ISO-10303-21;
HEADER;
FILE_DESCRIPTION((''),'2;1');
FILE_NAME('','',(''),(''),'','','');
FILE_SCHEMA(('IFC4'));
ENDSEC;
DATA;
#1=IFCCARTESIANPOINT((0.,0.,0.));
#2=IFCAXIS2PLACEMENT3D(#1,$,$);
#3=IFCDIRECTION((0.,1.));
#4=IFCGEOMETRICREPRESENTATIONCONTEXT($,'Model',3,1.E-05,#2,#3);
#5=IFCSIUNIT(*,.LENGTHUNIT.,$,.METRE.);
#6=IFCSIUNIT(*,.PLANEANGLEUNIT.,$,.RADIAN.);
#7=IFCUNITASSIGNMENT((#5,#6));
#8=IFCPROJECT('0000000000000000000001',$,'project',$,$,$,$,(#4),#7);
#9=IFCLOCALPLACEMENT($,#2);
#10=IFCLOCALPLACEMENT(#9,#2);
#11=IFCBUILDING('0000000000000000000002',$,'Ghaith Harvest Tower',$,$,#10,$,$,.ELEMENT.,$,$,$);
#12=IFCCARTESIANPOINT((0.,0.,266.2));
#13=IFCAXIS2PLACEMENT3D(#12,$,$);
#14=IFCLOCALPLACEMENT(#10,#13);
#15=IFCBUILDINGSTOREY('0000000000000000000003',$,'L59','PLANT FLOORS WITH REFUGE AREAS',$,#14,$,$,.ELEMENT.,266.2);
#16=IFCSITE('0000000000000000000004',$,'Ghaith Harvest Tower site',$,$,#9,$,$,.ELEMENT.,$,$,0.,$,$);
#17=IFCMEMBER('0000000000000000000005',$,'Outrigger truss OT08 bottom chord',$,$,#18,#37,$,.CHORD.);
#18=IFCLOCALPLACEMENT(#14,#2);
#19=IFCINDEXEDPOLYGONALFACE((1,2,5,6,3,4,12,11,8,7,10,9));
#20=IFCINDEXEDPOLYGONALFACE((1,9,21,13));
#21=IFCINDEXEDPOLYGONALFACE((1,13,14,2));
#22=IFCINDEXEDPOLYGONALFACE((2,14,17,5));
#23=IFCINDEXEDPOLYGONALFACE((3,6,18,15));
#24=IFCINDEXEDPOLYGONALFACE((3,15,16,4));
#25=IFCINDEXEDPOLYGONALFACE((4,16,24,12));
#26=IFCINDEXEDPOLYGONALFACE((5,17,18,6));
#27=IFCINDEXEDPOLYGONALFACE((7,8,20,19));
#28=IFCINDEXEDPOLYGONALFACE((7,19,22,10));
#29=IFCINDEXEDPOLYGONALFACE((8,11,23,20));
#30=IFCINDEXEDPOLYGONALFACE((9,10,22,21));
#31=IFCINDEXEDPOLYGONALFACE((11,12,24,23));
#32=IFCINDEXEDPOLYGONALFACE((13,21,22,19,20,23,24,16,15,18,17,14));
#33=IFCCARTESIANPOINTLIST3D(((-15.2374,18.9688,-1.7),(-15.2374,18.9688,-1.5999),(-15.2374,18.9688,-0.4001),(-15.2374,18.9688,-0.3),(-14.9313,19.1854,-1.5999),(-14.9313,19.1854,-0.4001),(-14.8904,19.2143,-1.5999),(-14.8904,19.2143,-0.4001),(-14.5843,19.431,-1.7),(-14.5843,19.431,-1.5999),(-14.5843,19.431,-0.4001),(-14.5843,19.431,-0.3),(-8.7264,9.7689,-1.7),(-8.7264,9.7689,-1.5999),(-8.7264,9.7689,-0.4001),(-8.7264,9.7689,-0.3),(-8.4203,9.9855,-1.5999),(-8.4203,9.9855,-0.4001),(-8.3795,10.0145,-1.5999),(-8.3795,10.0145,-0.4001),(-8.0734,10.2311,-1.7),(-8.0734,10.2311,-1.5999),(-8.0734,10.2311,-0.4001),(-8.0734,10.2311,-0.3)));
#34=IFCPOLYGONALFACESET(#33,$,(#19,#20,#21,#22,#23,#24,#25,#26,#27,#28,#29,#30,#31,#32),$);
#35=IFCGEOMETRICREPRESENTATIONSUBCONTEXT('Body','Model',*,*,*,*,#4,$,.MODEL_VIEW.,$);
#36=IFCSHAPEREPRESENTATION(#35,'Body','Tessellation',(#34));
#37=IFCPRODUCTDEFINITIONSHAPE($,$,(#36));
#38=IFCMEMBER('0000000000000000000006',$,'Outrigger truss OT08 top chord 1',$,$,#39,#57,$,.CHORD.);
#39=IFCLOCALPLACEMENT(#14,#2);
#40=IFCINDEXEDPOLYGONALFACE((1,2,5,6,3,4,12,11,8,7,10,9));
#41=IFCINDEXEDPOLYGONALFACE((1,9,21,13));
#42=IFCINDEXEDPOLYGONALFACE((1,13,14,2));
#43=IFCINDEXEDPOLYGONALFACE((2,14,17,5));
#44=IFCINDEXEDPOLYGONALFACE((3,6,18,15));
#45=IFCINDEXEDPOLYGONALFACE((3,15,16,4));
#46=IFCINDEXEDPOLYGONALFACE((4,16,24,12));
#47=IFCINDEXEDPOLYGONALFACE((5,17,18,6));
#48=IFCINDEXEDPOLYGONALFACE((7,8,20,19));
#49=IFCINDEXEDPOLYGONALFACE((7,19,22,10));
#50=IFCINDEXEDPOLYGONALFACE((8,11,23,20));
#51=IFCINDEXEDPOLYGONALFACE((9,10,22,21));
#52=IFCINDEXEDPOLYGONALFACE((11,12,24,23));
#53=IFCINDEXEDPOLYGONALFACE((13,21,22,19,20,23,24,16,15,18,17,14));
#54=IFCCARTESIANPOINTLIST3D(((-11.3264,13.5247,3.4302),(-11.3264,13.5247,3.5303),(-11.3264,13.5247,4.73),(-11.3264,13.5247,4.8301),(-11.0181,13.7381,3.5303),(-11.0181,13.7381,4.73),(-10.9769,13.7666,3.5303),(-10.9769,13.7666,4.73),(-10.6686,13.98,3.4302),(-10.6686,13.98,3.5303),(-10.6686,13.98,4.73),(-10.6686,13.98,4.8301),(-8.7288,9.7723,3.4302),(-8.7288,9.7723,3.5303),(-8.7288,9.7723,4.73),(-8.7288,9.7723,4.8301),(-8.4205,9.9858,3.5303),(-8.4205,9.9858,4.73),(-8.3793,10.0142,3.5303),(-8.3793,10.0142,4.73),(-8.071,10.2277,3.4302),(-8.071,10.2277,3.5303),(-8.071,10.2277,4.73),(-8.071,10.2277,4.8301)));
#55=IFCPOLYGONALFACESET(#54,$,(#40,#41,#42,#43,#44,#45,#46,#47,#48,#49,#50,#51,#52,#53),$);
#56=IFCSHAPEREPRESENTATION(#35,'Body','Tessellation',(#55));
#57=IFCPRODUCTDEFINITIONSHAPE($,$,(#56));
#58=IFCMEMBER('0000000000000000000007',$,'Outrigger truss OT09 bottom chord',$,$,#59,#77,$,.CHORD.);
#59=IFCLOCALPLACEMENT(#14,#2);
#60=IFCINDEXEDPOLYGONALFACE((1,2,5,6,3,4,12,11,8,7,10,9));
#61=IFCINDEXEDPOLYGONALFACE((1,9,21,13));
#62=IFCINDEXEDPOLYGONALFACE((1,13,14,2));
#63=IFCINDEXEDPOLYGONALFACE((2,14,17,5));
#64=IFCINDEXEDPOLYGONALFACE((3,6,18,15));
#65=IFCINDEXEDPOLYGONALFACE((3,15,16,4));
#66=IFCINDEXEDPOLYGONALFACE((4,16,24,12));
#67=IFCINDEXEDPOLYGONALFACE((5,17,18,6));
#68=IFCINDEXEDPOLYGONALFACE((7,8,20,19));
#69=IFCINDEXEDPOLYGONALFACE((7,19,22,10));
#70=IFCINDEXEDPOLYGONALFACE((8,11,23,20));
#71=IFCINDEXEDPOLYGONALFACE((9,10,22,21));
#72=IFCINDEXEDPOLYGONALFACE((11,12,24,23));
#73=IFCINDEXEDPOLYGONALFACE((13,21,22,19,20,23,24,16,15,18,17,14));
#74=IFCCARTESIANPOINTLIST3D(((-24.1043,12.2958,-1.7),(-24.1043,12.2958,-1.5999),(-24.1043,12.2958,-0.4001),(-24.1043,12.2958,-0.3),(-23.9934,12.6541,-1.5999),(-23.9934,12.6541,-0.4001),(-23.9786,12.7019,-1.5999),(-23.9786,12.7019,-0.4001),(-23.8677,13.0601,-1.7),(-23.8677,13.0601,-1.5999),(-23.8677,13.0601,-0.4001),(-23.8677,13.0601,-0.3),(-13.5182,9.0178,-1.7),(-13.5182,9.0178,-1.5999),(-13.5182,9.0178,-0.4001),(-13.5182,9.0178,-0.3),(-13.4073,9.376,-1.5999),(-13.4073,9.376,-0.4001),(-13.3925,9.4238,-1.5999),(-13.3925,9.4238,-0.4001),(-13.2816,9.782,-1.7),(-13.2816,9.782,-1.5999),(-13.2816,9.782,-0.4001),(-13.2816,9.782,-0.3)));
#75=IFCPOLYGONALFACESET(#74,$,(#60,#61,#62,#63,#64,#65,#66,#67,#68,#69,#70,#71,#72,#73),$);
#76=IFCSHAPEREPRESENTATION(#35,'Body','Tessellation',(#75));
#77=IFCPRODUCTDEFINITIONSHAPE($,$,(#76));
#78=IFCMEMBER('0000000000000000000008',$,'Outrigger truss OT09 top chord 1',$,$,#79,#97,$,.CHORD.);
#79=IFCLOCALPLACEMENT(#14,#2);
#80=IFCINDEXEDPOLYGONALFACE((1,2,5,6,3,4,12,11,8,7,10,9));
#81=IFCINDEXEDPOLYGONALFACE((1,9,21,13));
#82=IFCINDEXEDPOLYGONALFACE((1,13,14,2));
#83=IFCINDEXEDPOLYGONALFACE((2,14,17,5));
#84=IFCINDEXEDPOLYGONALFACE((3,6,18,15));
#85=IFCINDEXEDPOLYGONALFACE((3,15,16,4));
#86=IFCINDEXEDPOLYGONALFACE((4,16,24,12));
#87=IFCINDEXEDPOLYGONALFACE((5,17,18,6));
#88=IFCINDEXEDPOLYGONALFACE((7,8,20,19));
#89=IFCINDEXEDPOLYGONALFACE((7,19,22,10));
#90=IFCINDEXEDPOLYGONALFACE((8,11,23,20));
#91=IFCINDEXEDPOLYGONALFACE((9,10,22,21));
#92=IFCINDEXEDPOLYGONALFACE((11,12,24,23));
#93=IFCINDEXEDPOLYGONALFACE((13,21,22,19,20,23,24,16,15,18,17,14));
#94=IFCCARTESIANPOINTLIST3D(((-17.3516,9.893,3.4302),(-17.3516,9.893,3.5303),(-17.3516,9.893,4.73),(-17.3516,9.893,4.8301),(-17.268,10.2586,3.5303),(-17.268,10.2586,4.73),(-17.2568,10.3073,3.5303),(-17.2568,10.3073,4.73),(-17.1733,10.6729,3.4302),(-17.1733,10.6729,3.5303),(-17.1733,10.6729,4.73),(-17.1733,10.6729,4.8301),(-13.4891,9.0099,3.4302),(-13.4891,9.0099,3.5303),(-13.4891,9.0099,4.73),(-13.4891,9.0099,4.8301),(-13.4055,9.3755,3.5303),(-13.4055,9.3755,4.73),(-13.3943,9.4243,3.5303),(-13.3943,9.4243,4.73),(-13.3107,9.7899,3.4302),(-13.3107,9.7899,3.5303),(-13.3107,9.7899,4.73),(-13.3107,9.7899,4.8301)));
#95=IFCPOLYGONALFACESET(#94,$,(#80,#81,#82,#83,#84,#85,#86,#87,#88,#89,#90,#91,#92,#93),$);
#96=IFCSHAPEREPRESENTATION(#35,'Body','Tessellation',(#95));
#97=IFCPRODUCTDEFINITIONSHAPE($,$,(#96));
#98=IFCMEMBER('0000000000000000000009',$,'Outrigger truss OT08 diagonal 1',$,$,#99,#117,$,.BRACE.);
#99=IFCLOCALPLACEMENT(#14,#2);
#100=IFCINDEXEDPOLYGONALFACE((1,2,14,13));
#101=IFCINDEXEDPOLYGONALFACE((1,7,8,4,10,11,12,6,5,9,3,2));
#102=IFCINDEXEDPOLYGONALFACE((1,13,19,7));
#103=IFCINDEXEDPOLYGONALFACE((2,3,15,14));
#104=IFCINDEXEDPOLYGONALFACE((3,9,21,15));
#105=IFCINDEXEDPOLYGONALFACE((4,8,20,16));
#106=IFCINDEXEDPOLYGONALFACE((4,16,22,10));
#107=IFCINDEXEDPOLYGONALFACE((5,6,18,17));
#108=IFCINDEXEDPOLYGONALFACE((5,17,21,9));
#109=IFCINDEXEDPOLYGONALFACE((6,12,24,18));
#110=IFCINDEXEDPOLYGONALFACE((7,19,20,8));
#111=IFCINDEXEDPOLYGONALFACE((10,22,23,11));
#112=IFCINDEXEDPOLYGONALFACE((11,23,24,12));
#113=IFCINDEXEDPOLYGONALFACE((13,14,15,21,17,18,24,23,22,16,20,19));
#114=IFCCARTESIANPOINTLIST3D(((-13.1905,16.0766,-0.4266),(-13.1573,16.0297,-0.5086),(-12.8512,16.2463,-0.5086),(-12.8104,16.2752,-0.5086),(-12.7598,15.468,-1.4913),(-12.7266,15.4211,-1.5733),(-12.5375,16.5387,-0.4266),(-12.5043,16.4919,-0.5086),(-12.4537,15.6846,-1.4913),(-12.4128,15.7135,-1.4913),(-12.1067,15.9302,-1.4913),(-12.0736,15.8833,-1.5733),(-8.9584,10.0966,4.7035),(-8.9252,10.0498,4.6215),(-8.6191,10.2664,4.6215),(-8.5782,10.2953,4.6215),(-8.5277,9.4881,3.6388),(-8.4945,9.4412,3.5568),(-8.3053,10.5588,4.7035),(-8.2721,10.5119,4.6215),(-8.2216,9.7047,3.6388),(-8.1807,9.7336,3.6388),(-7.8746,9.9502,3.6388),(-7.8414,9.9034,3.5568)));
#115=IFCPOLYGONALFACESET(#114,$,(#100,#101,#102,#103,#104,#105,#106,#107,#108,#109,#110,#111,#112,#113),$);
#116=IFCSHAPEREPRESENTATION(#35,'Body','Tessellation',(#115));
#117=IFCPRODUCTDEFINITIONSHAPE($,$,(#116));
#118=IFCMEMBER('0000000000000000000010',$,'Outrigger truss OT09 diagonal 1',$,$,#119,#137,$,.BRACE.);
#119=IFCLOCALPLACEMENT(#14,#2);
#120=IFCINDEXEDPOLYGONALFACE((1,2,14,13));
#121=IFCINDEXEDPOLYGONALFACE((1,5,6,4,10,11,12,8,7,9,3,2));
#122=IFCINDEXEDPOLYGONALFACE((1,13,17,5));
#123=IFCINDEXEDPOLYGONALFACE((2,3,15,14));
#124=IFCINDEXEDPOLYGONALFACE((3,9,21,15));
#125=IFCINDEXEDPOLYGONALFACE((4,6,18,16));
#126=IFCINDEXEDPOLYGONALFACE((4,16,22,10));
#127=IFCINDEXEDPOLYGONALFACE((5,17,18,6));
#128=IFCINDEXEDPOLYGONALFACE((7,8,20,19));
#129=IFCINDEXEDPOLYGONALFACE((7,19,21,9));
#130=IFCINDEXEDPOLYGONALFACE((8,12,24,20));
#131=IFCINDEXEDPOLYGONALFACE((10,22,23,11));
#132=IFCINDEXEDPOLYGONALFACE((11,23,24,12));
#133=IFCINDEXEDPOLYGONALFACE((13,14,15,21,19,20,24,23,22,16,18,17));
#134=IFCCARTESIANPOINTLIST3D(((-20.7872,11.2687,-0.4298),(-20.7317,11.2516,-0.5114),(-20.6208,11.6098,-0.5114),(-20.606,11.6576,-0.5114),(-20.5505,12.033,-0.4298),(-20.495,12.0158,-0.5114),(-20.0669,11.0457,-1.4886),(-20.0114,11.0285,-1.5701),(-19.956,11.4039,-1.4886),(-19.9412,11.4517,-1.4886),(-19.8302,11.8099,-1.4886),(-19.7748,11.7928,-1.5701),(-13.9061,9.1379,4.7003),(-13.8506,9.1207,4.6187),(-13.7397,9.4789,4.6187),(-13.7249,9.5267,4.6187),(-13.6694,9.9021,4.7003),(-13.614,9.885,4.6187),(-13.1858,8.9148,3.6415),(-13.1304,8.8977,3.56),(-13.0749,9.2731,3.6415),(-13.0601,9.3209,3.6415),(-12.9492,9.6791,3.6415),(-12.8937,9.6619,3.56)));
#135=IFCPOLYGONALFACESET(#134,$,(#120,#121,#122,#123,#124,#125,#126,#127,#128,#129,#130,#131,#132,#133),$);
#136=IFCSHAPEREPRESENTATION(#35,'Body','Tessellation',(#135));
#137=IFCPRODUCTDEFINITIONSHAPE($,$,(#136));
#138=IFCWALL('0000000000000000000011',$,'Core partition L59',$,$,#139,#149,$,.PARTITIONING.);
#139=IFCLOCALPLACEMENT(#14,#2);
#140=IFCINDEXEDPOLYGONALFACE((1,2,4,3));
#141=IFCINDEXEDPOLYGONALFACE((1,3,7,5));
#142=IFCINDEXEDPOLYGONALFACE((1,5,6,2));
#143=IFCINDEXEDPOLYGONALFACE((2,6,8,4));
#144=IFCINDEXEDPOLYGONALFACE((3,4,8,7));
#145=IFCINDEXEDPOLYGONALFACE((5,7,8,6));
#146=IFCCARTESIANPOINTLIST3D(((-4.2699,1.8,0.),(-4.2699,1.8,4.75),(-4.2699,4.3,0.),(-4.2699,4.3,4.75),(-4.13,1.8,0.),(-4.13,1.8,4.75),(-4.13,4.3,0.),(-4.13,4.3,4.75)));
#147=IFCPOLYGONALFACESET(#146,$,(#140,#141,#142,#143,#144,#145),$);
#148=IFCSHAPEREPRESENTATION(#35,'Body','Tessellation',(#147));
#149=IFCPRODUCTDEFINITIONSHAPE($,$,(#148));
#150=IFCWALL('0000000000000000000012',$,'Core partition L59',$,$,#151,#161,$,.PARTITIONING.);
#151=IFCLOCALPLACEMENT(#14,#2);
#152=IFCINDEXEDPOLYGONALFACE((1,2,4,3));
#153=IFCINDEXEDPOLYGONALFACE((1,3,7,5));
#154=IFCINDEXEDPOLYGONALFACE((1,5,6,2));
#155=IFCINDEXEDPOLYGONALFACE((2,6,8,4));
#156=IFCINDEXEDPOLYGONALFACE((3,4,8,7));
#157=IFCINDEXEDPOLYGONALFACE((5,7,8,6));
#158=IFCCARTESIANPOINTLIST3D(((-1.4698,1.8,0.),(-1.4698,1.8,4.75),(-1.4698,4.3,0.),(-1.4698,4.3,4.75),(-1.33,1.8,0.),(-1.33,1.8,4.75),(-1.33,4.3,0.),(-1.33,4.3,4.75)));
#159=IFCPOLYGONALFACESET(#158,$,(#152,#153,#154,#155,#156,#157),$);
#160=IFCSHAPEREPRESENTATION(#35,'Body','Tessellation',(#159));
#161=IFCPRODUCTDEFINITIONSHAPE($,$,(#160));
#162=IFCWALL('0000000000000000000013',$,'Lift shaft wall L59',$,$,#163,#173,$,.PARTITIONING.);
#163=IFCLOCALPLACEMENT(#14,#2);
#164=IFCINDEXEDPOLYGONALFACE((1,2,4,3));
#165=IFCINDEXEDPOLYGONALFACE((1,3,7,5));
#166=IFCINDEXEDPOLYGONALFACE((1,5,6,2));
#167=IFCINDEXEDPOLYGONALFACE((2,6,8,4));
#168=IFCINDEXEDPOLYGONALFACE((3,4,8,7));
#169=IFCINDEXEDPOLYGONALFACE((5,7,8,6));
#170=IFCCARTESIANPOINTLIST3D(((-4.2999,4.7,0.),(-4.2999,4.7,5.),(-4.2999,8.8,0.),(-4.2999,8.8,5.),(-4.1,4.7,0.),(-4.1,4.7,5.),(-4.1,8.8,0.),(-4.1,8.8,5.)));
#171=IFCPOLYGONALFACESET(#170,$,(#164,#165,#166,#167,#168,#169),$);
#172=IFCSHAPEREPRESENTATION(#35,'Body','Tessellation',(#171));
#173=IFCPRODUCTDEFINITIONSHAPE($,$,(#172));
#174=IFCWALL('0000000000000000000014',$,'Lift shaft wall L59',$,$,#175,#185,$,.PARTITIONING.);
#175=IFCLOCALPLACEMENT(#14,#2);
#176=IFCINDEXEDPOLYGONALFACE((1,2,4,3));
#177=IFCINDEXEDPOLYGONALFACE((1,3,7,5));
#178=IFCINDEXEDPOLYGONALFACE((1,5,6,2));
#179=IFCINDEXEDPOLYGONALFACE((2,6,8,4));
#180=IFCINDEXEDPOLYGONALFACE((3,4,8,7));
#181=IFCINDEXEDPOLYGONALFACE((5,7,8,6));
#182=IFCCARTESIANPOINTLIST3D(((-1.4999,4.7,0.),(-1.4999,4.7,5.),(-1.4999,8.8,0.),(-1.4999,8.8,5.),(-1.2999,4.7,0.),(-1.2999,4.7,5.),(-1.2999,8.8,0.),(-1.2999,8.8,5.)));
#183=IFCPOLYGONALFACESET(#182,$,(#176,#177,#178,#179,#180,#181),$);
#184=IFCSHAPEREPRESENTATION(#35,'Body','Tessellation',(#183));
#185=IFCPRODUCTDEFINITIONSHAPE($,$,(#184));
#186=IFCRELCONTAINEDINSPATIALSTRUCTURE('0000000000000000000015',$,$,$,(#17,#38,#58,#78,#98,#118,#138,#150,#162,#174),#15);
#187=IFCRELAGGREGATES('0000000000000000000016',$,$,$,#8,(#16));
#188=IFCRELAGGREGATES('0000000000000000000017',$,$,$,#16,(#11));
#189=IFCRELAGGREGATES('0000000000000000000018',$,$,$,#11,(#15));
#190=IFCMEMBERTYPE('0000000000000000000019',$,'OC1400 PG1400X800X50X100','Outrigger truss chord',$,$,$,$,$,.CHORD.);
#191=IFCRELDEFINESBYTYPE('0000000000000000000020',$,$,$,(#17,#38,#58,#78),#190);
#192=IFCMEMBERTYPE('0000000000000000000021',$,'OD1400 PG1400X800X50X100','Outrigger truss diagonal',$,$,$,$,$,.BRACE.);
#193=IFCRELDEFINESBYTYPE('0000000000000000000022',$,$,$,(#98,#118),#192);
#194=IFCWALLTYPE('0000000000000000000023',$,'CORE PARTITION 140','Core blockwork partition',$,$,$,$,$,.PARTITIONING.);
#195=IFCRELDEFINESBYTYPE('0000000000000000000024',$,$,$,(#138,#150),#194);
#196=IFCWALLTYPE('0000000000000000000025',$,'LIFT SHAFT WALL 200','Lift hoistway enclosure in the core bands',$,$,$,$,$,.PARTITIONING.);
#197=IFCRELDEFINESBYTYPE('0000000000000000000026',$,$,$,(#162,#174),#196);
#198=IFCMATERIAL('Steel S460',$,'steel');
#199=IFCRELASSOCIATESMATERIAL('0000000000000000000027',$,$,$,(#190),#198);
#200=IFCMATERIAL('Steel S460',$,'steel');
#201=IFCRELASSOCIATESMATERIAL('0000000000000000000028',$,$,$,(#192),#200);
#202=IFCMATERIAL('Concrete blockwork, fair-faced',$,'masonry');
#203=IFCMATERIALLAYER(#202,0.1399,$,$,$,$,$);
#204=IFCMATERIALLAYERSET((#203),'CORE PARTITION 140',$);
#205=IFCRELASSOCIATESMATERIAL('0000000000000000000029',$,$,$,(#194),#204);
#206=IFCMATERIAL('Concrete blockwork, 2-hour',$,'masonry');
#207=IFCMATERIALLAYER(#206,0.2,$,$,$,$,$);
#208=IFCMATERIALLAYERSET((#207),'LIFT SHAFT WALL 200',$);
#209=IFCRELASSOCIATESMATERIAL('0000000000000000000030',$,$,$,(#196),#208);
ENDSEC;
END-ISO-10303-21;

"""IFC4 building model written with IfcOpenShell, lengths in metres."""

from ifc_helpers import new_model, si_unit, direction, frame, frame_2d, origin, origin_2d, place, context, subcontext, project, spatial, rectangle, i_section, extrude, material, layer, layer_set, material_profile, profile_set, type_object, element, save


model = new_model("IFC4")

# Units and contexts
model_context = context("Model", 3, precision=1e-05, world=origin(), true_north=direction((0.0, 1.0)))
body_context = subcontext(model_context, "Body", "Model", "MODEL_VIEW")
ifc_project = project(units=[si_unit("LENGTHUNIT", "METRE"), si_unit("PLANEANGLEUNIT", "RADIAN")], contexts=[model_context])

# Site, building, storey
site_placement = place(None, origin())
site = spatial("IfcSite", under=ifc_project, at=site_placement, Name="Ghaith Harvest Tower site", CompositionType="ELEMENT", RefElevation=0.0)
building_placement = place(site_placement, origin())
building = spatial("IfcBuilding", under=site, at=building_placement, Name="Ghaith Harvest Tower", CompositionType="ELEMENT")
storey_placement = place(building_placement, frame((0.0, 0.0, 266.2)))
storey = spatial("IfcBuildingStorey", under=building, at=storey_placement, Name="L59", Description="PLANT FLOORS WITH REFUGE AREAS", CompositionType="ELEMENT", Elevation=266.2)

# Members
ifc_material_1 = material(Name="Steel S460", Category="steel")
ifc_material_profile_1 = material_profile(ifc_material_1, i_section(OverallWidth=0.8, OverallDepth=1.3999, WebThickness=0.05, FlangeThickness=0.1001, at=origin_2d()), Name="PG1400X800X50X100")
ifc_profile_set_1 = profile_set([ifc_material_profile_1], Name="Steel S460")
member_type_1 = type_object("IfcMemberType", Name="OC1400 PG1400X800X50X100", Description="Outrigger truss chord", PredefinedType="CHORD", material=ifc_profile_set_1)
member_1_placement = place(storey_placement, frame((-8.3999, 10.0, -1.0), z_axis=(-0.577684, 0.816261, 0.0), x_axis=(-0.816261, -0.577684, 0.0)))
element("IfcMember", 1, at=member_1_placement, inside=storey, type_object=member_type_1, Name="Outrigger truss OT08 bottom chord", PredefinedType="CHORD", context=body_context, shape_type="SweptSolid", body=[
    extrude(i_section(OverallWidth=0.8, OverallDepth=1.3999, WebThickness=0.05, FlangeThickness=0.1001, at=origin_2d()), origin(), (0.0, 0.0, 1.0), 11.2708),
])
member_2_placement = place(storey_placement, frame((-8.3999, 10.0, 4.1301), z_axis=(-0.569182, 0.822211, 0.0), x_axis=(-0.822211, -0.569182, 0.0)))
element("IfcMember", 2, at=member_2_placement, inside=storey, type_object=member_type_1, Name="Outrigger truss OT08 top chord 1", PredefinedType="CHORD", context=body_context, shape_type="SweptSolid", body=[
    extrude(i_section(OverallWidth=0.8, OverallDepth=1.3999, WebThickness=0.05, FlangeThickness=0.1001, at=origin_2d()), origin(), (0.0, 0.0, 1.0), 4.5637),
])
member_3_placement = place(storey_placement, frame((-13.3999, 9.3999, -1.0), z_axis=(-0.95525, 0.295799, 0.0), x_axis=(-0.295799, -0.95525, 0.0)))
element("IfcMember", 3, at=member_3_placement, inside=storey, type_object=member_type_1, Name="Outrigger truss OT09 bottom chord", PredefinedType="CHORD", context=body_context, shape_type="SweptSolid", body=[
    extrude(i_section(OverallWidth=0.8, OverallDepth=1.3999, WebThickness=0.05, FlangeThickness=0.1001, at=origin_2d()), origin(), (0.0, 0.0, 1.0), 11.082),
])
member_4_placement = place(storey_placement, frame((-13.3999, 9.3999, 4.1301), z_axis=(-0.974848, 0.22287, 0.0), x_axis=(-0.22287, -0.974848, 0.0)))
element("IfcMember", 4, at=member_4_placement, inside=storey, type_object=member_type_1, Name="Outrigger truss OT09 top chord 1", PredefinedType="CHORD", context=body_context, shape_type="SweptSolid", body=[
    extrude(i_section(OverallWidth=0.8, OverallDepth=1.3999, WebThickness=0.05, FlangeThickness=0.1001, at=origin_2d()), origin(), (0.0, 0.0, 1.0), 3.9622),
])
ifc_material_2 = material(Name="Steel S460", Category="steel")
ifc_material_profile_2 = material_profile(ifc_material_2, i_section(OverallWidth=0.8, OverallDepth=1.3999, WebThickness=0.05, FlangeThickness=0.1001, at=origin_2d()), Name="PG1400X800X50X100")
ifc_profile_set_2 = profile_set([ifc_material_profile_2], Name="Steel S460")
member_type_2 = type_object("IfcMemberType", Name="OD1400 PG1400X800X50X100", Description="Outrigger truss diagonal", PredefinedType="BRACE", material=ifc_profile_set_2)
member_5_placement = place(storey_placement, frame((-8.3999, 10.0, 4.1301), z_axis=(-0.473202, 0.668625, -0.573603), x_axis=(-0.816259, -0.577686, 0.0)))
element("IfcMember", 5, at=member_5_placement, inside=storey, type_object=member_type_2, Name="Outrigger truss OT08 diagonal 1", PredefinedType="BRACE", context=body_context, shape_type="SweptSolid", body=[
    extrude(i_section(OverallWidth=0.8, OverallDepth=1.3999, WebThickness=0.05, FlangeThickness=0.1001, at=origin_2d()), origin(), (0.0, 0.0, 1.0), 8.9436),
])
member_6_placement = place(storey_placement, frame((-13.3999, 9.3999, 4.1301), z_axis=(-0.778093, 0.240951, -0.580098), x_axis=(-0.29581, -0.955247, 0.0)))
element("IfcMember", 6, at=member_6_placement, inside=storey, type_object=member_type_2, Name="Outrigger truss OT09 diagonal 1", PredefinedType="BRACE", context=body_context, shape_type="SweptSolid", body=[
    extrude(i_section(OverallWidth=0.8, OverallDepth=1.3999, WebThickness=0.05, FlangeThickness=0.1001, at=origin_2d()), origin(), (0.0, 0.0, 1.0), 8.8435),
])

# Walls
ifc_material_3 = material(Name="Concrete blockwork, fair-faced", Category="masonry")
ifc_layer_1 = layer(ifc_material_3, 0.1399)
ifc_layer_set_1 = layer_set([ifc_layer_1], Name="CORE PARTITION 140")
wall_type_1 = type_object("IfcWallType", Name="CORE PARTITION 140", Description="Core blockwork partition", PredefinedType="PARTITIONING", material=ifc_layer_set_1)
for number, where, z_axis, x_axis, name in (
    (7, (-4.2, 1.8, 0.0), (0.0, 0.0, 1.0), (0.0, 1.0, 0.0), "Core partition L59"),
    (8, (-1.3999, 1.8, 0.0), (0.0, 0.0, 1.0), (0.0, 1.0, 0.0), "Core partition L59"),
):
    element("IfcWall", number, at=place(storey_placement, frame(where, z_axis=z_axis, x_axis=x_axis)), inside=storey, type_object=wall_type_1, Name=name, PredefinedType="PARTITIONING", context=body_context, shape_type="SweptSolid", body=[
        extrude(rectangle(XDim=2.5, YDim=0.1399, at=frame_2d((1.25, 0.0))), origin(), (0.0, 0.0, 1.0), 4.75),
    ])
ifc_material_4 = material(Name="Concrete blockwork, 2-hour", Category="masonry")
ifc_layer_2 = layer(ifc_material_4, 0.2)
ifc_layer_set_2 = layer_set([ifc_layer_2], Name="LIFT SHAFT WALL 200")
wall_type_2 = type_object("IfcWallType", Name="LIFT SHAFT WALL 200", Description="Lift hoistway enclosure in the core bands", PredefinedType="PARTITIONING", material=ifc_layer_set_2)
for number, where, z_axis, x_axis, name in (
    (9, (-4.2, 4.7, 0.0), (0.0, 0.0, 1.0), (0.0, 1.0, 0.0), "Lift shaft wall L59"),
    (10, (-1.3999, 4.7, 0.0), (0.0, 0.0, 1.0), (0.0, 1.0, 0.0), "Lift shaft wall L59"),
):
    element("IfcWall", number, at=place(storey_placement, frame(where, z_axis=z_axis, x_axis=x_axis)), inside=storey, type_object=wall_type_2, Name=name, PredefinedType="PARTITIONING", context=body_context, shape_type="SweptSolid", body=[
        extrude(rectangle(XDim=4.1001, YDim=0.2, at=frame_2d((2.05, 0.0))), origin(), (0.0, 0.0, 1.0), 5.0),
    ])

save(model, "model.ifc")
